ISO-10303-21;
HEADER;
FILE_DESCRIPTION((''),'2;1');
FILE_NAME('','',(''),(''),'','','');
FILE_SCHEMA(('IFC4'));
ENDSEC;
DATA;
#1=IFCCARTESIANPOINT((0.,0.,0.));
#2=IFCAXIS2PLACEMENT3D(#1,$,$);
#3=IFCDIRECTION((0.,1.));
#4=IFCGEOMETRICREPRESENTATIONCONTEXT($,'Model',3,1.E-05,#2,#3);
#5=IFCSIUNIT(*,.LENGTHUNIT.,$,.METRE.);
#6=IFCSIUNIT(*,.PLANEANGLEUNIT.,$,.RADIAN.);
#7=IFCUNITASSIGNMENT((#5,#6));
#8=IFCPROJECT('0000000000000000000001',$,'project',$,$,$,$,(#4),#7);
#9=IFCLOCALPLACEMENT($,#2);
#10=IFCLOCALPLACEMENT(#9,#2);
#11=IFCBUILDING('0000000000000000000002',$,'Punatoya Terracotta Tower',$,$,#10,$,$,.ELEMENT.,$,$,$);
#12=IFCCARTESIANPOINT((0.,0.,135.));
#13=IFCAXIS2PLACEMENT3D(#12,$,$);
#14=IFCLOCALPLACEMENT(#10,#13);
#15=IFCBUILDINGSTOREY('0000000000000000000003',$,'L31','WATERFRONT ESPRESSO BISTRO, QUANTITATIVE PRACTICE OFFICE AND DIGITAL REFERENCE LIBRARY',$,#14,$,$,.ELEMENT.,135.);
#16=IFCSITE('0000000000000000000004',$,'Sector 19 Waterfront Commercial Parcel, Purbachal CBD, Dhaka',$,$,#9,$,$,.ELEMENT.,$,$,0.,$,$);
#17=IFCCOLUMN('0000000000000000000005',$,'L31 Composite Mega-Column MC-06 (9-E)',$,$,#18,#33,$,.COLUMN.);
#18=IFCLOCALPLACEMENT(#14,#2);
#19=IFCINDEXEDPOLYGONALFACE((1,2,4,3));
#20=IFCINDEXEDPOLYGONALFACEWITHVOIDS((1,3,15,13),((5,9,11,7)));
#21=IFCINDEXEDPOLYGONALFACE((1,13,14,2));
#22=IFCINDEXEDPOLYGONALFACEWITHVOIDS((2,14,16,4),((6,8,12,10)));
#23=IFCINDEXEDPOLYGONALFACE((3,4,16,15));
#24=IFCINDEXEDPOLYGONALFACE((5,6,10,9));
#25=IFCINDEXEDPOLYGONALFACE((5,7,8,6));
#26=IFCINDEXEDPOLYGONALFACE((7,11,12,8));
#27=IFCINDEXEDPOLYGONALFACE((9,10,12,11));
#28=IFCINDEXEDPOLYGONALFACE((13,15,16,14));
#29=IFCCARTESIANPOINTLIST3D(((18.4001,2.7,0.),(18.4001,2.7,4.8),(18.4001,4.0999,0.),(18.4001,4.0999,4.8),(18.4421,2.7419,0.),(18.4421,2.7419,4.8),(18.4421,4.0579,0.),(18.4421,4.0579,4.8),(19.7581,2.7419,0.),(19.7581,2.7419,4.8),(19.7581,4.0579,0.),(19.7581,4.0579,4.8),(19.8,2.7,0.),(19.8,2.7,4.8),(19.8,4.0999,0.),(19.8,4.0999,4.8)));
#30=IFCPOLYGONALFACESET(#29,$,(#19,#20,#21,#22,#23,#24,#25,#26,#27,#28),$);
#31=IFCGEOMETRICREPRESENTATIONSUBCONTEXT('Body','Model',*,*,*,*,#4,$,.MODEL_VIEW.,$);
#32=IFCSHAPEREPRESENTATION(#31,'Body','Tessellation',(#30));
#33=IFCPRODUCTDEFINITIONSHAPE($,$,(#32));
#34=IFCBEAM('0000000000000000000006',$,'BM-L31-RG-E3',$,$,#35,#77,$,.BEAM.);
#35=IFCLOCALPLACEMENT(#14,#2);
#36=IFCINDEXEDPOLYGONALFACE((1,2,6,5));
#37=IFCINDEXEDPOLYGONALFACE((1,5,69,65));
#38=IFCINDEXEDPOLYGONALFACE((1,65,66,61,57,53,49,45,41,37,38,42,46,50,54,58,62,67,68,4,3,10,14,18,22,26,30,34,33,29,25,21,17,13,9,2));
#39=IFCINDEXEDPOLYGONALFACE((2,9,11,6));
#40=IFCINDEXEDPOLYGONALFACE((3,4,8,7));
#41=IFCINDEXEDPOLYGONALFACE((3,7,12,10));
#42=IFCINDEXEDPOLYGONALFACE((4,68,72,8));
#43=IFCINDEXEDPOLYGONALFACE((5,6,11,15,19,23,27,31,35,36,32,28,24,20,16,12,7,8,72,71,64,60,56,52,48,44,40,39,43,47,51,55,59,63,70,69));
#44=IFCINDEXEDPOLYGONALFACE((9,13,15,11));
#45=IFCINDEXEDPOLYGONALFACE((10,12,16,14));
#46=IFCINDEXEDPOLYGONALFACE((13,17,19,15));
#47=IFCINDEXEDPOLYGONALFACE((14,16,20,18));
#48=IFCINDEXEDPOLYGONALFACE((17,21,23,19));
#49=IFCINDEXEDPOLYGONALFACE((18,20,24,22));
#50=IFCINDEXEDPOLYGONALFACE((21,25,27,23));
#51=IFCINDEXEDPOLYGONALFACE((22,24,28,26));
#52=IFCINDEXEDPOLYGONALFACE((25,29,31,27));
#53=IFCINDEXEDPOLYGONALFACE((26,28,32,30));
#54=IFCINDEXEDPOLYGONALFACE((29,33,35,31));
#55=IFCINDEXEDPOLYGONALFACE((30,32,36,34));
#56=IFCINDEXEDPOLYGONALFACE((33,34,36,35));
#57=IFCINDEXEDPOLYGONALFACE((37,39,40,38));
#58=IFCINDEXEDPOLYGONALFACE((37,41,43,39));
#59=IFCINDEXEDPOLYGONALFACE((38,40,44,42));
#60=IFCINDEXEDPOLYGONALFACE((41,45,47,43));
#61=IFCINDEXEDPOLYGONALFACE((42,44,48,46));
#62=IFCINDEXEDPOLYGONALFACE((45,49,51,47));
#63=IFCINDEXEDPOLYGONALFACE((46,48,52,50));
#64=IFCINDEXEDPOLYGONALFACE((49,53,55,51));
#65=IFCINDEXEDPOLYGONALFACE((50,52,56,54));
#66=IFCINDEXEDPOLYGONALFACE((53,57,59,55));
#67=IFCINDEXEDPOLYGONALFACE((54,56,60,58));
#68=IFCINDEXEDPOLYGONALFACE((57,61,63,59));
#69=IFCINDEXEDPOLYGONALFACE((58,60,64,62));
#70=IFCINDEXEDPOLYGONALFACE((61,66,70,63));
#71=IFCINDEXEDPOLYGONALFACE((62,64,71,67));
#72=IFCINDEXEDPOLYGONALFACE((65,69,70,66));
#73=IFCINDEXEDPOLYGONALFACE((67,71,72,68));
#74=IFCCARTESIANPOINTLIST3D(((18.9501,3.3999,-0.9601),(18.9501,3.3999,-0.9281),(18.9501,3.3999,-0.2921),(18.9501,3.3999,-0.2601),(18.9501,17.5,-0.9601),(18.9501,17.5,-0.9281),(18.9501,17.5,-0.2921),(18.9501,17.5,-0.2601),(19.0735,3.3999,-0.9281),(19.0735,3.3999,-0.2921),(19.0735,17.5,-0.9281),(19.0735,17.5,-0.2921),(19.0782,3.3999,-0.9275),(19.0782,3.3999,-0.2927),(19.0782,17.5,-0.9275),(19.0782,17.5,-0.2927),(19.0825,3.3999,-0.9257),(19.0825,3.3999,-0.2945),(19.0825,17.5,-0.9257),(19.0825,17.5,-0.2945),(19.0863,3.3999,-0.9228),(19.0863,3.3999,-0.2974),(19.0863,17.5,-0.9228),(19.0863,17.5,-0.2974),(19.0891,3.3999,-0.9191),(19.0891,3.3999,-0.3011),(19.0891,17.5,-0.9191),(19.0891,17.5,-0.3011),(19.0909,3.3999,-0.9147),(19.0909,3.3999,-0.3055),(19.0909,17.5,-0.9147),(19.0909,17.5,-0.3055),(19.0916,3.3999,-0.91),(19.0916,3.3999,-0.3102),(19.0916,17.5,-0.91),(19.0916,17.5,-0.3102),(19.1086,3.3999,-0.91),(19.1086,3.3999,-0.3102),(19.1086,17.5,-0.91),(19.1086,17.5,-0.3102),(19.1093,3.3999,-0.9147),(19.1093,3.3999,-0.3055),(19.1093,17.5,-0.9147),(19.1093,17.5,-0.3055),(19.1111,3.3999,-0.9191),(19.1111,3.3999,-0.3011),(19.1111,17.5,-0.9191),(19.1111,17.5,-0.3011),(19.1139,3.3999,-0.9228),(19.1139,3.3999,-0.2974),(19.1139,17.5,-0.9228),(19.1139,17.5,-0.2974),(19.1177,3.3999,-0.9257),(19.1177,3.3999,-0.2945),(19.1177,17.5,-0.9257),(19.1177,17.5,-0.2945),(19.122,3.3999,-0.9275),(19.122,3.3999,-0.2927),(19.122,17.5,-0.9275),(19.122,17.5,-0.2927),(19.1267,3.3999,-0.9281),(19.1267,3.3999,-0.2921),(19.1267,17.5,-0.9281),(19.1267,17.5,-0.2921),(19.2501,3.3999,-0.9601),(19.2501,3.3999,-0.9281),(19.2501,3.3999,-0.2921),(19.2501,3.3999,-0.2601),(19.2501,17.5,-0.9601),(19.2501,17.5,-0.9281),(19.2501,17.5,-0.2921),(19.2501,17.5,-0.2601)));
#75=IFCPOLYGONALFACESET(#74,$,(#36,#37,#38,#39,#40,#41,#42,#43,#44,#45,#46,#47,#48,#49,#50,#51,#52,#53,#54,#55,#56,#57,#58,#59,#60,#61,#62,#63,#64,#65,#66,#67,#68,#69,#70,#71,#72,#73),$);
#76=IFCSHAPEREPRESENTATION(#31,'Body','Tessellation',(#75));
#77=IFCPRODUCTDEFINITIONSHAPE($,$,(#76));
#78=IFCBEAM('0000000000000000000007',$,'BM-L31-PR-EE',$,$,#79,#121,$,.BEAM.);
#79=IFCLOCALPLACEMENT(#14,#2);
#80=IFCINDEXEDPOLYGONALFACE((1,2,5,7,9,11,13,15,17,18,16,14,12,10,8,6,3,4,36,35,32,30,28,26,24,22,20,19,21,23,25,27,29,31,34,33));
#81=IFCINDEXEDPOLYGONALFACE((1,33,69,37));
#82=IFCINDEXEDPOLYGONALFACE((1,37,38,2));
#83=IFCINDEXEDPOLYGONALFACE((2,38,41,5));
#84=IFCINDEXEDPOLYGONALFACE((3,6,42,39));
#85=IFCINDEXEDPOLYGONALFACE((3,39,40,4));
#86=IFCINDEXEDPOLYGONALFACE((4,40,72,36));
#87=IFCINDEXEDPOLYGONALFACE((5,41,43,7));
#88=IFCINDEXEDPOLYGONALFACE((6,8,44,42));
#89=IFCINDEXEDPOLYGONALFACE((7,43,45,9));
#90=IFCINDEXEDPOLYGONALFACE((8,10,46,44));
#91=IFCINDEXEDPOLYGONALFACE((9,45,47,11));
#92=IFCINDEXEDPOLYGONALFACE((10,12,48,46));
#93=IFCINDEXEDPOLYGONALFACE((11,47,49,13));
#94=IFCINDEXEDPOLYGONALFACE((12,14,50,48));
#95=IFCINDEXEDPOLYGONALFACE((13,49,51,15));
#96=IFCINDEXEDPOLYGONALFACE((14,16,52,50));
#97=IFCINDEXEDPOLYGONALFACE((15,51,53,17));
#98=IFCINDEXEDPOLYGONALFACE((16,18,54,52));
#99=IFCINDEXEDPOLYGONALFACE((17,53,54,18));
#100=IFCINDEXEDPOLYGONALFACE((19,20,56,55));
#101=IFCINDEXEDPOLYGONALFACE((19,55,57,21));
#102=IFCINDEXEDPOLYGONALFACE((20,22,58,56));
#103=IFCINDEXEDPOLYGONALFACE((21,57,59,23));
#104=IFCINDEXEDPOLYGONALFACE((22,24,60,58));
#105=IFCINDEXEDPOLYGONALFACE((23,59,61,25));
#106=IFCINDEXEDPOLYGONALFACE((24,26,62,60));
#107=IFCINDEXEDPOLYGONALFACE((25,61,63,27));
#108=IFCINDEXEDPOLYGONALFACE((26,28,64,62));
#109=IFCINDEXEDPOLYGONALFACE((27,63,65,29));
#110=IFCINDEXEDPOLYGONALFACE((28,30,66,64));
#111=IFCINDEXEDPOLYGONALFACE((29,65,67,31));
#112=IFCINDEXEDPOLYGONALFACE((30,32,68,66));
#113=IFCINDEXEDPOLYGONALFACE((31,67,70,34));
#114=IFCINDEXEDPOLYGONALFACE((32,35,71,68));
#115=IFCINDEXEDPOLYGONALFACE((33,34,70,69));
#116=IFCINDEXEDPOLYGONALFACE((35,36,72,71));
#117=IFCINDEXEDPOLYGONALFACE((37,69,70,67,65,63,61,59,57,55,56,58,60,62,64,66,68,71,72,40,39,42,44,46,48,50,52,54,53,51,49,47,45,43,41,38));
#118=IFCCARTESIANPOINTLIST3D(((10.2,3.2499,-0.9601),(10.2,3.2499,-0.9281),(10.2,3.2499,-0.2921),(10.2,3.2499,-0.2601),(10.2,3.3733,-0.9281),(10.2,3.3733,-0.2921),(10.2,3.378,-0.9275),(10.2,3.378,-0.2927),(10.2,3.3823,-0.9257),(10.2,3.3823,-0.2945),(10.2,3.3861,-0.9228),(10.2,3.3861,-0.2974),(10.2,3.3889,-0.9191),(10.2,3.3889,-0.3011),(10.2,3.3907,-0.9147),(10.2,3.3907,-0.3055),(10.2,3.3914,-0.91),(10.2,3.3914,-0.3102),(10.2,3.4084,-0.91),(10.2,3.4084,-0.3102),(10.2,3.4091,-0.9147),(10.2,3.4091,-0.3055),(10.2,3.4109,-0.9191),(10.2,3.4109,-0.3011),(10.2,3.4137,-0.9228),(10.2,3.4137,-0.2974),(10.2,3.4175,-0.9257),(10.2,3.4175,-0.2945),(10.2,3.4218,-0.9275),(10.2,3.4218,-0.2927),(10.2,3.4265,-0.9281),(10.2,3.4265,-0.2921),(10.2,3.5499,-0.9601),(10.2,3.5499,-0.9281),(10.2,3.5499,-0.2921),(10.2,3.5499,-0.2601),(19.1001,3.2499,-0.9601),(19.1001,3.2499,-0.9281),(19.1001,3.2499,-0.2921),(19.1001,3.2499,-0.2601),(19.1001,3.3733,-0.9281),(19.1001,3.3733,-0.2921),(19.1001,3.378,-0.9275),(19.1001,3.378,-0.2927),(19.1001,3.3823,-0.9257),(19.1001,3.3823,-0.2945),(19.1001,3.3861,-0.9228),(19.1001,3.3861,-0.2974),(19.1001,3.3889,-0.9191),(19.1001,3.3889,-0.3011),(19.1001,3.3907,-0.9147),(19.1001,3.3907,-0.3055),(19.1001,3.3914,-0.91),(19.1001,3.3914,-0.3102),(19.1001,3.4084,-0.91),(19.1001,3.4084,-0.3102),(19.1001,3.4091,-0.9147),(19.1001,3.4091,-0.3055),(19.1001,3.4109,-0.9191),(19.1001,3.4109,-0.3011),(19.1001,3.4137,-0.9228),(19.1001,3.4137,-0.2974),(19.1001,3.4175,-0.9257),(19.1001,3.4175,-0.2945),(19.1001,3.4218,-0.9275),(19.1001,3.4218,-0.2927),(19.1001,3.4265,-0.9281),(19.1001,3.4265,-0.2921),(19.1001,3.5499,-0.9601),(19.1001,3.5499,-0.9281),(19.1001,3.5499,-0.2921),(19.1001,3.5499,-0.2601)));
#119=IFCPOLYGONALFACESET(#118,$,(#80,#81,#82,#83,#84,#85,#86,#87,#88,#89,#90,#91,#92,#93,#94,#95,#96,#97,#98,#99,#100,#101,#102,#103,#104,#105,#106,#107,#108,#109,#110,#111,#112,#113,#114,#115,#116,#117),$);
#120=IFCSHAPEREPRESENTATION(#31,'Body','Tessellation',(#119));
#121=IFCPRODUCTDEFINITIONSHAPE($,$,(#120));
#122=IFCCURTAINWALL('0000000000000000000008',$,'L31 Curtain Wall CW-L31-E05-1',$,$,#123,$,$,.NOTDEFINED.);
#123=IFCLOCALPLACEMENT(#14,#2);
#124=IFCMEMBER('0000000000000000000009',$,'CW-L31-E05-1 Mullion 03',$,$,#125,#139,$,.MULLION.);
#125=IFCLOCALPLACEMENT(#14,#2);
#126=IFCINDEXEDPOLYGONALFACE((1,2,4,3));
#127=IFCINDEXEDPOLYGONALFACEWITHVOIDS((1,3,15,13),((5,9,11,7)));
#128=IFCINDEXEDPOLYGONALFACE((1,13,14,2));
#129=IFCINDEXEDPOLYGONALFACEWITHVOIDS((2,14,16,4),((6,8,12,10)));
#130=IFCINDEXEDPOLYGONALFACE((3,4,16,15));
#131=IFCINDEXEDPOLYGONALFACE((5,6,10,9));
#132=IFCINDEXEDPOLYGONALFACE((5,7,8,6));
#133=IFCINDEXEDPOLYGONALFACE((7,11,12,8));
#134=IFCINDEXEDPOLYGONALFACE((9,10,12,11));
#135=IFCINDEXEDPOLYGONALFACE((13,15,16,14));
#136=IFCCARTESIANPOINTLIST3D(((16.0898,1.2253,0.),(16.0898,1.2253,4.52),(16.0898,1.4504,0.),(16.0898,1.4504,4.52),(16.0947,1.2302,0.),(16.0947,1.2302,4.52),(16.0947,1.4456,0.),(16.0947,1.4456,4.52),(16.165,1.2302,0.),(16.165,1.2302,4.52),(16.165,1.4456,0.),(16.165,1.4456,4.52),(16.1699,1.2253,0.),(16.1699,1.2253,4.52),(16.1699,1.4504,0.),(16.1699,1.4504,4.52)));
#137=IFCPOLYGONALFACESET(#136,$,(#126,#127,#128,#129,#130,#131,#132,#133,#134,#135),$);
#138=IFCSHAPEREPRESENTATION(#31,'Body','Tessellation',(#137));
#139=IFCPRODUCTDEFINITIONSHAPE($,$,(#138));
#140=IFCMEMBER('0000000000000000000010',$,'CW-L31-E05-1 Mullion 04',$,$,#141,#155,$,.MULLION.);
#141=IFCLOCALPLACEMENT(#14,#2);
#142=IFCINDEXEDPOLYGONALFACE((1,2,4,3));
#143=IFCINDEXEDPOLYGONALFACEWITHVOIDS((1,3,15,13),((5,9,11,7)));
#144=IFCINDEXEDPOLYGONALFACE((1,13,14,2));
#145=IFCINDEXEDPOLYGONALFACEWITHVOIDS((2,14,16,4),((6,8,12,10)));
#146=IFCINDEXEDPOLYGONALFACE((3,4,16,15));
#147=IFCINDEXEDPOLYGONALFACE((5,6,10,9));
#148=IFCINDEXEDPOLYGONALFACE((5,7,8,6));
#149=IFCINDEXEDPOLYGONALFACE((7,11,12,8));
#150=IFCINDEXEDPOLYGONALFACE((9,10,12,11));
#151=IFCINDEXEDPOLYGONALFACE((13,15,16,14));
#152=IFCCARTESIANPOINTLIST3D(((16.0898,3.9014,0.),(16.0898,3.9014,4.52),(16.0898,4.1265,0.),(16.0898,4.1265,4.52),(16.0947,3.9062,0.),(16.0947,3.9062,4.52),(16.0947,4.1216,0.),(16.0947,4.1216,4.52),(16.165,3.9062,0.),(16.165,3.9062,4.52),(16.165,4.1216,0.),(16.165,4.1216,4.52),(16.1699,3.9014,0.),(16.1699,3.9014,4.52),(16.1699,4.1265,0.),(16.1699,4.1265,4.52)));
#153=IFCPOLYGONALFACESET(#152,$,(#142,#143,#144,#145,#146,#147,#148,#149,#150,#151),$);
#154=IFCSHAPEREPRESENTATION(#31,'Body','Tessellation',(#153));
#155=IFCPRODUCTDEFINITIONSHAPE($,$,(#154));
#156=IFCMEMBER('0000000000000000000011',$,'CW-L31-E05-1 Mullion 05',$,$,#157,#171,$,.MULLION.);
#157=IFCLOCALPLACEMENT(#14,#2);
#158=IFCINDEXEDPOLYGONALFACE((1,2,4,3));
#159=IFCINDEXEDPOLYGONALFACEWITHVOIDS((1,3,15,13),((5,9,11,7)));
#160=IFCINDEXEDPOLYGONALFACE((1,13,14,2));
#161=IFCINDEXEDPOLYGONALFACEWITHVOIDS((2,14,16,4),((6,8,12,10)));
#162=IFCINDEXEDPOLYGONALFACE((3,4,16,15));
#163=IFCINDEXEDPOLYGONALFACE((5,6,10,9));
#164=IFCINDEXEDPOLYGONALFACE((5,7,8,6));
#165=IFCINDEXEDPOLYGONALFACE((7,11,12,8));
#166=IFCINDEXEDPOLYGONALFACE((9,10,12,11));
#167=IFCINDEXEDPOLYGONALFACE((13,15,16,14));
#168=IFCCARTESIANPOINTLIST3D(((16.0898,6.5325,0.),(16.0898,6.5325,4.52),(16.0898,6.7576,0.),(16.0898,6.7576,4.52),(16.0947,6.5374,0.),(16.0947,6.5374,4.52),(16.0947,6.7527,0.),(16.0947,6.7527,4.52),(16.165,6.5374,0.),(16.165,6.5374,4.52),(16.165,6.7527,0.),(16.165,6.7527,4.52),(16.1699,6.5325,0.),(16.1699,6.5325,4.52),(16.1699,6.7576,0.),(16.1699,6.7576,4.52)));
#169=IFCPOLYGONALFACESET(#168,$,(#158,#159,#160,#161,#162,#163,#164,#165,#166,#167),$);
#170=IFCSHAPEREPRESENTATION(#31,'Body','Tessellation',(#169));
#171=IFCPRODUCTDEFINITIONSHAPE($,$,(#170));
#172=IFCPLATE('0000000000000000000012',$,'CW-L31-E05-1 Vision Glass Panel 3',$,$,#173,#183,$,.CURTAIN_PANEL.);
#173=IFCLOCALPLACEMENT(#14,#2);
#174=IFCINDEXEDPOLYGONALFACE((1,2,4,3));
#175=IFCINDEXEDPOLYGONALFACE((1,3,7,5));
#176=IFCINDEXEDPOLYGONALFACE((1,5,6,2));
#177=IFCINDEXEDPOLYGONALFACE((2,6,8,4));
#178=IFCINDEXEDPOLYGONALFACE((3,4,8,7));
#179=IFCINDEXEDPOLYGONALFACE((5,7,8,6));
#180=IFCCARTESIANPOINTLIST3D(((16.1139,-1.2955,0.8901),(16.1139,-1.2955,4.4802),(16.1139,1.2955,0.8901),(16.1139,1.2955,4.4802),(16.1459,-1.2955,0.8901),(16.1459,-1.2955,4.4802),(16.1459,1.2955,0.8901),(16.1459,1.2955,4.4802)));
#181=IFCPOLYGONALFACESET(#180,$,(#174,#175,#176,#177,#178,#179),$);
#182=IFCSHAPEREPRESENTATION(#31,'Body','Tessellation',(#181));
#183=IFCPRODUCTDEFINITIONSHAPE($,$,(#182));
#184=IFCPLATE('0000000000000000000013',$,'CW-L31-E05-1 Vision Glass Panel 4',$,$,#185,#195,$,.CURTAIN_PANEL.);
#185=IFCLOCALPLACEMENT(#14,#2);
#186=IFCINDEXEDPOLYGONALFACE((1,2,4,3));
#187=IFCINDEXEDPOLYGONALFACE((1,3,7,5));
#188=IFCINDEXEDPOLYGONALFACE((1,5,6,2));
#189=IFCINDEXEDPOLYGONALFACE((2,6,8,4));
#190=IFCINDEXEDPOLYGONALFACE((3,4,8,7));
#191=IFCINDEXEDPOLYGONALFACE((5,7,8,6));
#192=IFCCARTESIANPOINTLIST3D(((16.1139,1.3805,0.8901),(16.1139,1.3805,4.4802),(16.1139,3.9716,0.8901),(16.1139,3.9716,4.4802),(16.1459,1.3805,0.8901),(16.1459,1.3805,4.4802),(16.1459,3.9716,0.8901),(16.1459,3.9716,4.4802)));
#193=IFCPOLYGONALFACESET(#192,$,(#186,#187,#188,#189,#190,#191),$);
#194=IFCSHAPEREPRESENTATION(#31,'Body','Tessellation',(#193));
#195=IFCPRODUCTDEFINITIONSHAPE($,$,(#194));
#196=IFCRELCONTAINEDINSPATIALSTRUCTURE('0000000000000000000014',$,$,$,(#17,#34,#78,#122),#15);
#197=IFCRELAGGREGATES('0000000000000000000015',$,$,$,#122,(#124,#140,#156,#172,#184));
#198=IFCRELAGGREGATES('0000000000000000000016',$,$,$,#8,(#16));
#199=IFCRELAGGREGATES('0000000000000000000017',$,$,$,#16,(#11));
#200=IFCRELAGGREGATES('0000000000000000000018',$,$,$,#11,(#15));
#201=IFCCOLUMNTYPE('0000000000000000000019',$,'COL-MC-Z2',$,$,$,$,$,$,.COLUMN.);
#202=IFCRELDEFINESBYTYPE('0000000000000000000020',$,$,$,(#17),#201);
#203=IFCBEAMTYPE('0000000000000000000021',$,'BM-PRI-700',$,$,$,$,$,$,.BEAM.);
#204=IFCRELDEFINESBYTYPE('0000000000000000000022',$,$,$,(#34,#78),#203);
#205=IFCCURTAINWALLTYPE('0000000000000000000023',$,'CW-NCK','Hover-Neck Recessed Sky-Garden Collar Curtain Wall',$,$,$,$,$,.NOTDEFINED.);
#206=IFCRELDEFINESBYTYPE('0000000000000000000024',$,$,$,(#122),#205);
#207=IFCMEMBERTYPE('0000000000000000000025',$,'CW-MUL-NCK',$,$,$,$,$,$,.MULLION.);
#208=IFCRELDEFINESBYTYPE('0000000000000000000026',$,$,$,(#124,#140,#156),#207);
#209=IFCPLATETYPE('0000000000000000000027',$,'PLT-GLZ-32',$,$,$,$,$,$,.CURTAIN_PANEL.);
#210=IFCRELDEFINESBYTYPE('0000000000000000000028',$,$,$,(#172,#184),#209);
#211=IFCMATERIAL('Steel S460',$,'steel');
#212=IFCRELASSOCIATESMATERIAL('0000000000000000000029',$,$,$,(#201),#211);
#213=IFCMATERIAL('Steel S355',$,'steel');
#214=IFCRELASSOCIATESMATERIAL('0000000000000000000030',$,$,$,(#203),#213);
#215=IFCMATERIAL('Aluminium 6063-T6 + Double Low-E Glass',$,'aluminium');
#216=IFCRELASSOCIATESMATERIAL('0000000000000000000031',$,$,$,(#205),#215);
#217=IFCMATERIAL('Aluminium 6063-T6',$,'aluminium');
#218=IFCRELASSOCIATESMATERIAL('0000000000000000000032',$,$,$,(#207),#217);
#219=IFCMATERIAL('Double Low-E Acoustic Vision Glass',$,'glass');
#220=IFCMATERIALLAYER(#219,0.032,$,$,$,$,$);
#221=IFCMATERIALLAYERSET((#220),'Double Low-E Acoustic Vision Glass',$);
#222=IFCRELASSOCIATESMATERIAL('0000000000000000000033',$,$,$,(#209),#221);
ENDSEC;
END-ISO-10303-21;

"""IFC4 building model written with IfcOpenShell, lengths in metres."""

from ifc_helpers import new_model, si_unit, direction, frame, origin, origin_2d, place, context, subcontext, project, spatial, rectangle, hollow_rectangle, i_section, extrude, material, layer, layer_set, material_profile, profile_set, type_object, element, aggregate, save


model = new_model("IFC4")

# Units and contexts
model_context = context("Model", 3, precision=1e-05, world=origin(), true_north=direction((0.0, 1.0)))
body_context = subcontext(model_context, "Body", "Model", "MODEL_VIEW")
ifc_project = project(units=[si_unit("LENGTHUNIT", "METRE"), si_unit("PLANEANGLEUNIT", "RADIAN")], contexts=[model_context])

# Site, building, storey
site_placement = place(None, origin())
site = spatial("IfcSite", under=ifc_project, at=site_placement, Name="Sector 19 Waterfront Commercial Parcel, Purbachal CBD, Dhaka", CompositionType="ELEMENT", RefElevation=0.0)
building_placement = place(site_placement, origin())
building = spatial("IfcBuilding", under=site, at=building_placement, Name="Punatoya Terracotta Tower", CompositionType="ELEMENT")
storey_placement = place(building_placement, frame((0.0, 0.0, 135.0)))
storey = spatial("IfcBuildingStorey", under=building, at=storey_placement, Name="L31", Description="WATERFRONT ESPRESSO BISTRO, QUANTITATIVE PRACTICE OFFICE AND DIGITAL REFERENCE LIBRARY", CompositionType="ELEMENT", Elevation=135.0)

# Column
ifc_material_1 = material(Name="Steel S460", Category="steel")
ifc_material_profile_1 = material_profile(ifc_material_1, hollow_rectangle(XDim=1.3999, YDim=1.3999, WallThickness=0.042, at=origin_2d()))
ifc_profile_set_1 = profile_set([ifc_material_profile_1], Name="Steel S460")
column_type = type_object("IfcColumnType", Name="COL-MC-Z2", PredefinedType="COLUMN", material=ifc_profile_set_1)
column_placement = place(storey_placement, frame((19.1001, 3.3999, 0.0), z_axis=(0.0, 0.0, 1.0), x_axis=(1.0, 0.0, 0.0)))
element("IfcColumn", 1, at=column_placement, inside=storey, type_object=column_type, Name="L31 Composite Mega-Column MC-06 (9-E)", PredefinedType="COLUMN", context=body_context, shape_type="SweptSolid", body=[
    extrude(hollow_rectangle(XDim=1.3999, YDim=1.3999, WallThickness=0.042, at=origin_2d()), origin(), (0.0, 0.0, 1.0), 4.8),
])

# Beams
ifc_material_2 = material(Name="Steel S355", Category="steel")
ifc_material_profile_2 = material_profile(ifc_material_2, i_section(OverallWidth=0.3, OverallDepth=0.7, WebThickness=0.0171, FlangeThickness=0.032, FilletRadius=0.0181, at=origin_2d()))
ifc_profile_set_2 = profile_set([ifc_material_profile_2], Name="Steel S355")
beam_type = type_object("IfcBeamType", Name="BM-PRI-700", PredefinedType="BEAM", material=ifc_profile_set_2)
beam_1_placement = place(storey_placement, frame((19.1001, 3.3999, -0.6101), z_axis=(0.0, 1.0, 0.0), x_axis=(-1.0, 0.0, 0.0)))
element("IfcBeam", 2, at=beam_1_placement, inside=storey, type_object=beam_type, Name="BM-L31-RG-E3", PredefinedType="BEAM", context=body_context, shape_type="SweptSolid", body=[
    extrude(i_section(OverallWidth=0.3, OverallDepth=0.7, WebThickness=0.0171, FlangeThickness=0.032, FilletRadius=0.0181, at=origin_2d()), origin(), (0.0, 0.0, 1.0), 14.1001),
])
beam_2_placement = place(storey_placement, frame((10.2, 3.3999, -0.6101), z_axis=(1.0, 0.0, 0.0), x_axis=(0.0, 1.0, 0.0)))
element("IfcBeam", 3, at=beam_2_placement, inside=storey, type_object=beam_type, Name="BM-L31-PR-EE", PredefinedType="BEAM", context=body_context, shape_type="SweptSolid", body=[
    extrude(i_section(OverallWidth=0.3, OverallDepth=0.7, WebThickness=0.0171, FlangeThickness=0.032, FilletRadius=0.0181, at=origin_2d()), origin(), (0.0, 0.0, 1.0), 8.9001),
])

# Curtain wall, members, plates
ifc_material_3 = material(Name="Aluminium 6063-T6 + Double Low-E Glass", Category="aluminium")
curtain_wall_type = type_object("IfcCurtainWallType", Name="CW-NCK", Description="Hover-Neck Recessed Sky-Garden Collar Curtain Wall", PredefinedType="NOTDEFINED", material=ifc_material_3)
curtain_wall_placement = place(storey_placement, origin())
curtain_wall = element("IfcCurtainWall", 4, at=curtain_wall_placement, inside=storey, type_object=curtain_wall_type, Name="L31 Curtain Wall CW-L31-E05-1", PredefinedType="NOTDEFINED")
ifc_material_4 = material(Name="Aluminium 6063-T6", Category="aluminium")
ifc_material_profile_3 = material_profile(ifc_material_4, hollow_rectangle(XDim=0.0801, YDim=0.2251, WallThickness=0.0049, at=origin_2d()))
ifc_profile_set_3 = profile_set([ifc_material_profile_3], Name="Aluminium 6063-T6")
member_type = type_object("IfcMemberType", Name="CW-MUL-NCK", PredefinedType="MULLION", material=ifc_profile_set_3)
member_1_placement = place(storey_placement, frame((16.1299, 1.3379, 0.0), z_axis=(0.0, 0.0, 1.0), x_axis=(1.0, 0.0, 0.0)))
member_1 = element("IfcMember", 5, at=member_1_placement, type_object=member_type, Name="CW-L31-E05-1 Mullion 03", PredefinedType="MULLION", context=body_context, shape_type="SweptSolid", body=[
    extrude(hollow_rectangle(XDim=0.0801, YDim=0.2251, WallThickness=0.0049, at=origin_2d()), origin(), (0.0, 0.0, 1.0), 4.52),
])
member_2_placement = place(storey_placement, frame((16.1299, 4.0139, 0.0), z_axis=(0.0, 0.0, 1.0), x_axis=(1.0, 0.0, 0.0)))
member_2 = element("IfcMember", 6, at=member_2_placement, type_object=member_type, Name="CW-L31-E05-1 Mullion 04", PredefinedType="MULLION", context=body_context, shape_type="SweptSolid", body=[
    extrude(hollow_rectangle(XDim=0.0801, YDim=0.2251, WallThickness=0.0049, at=origin_2d()), origin(), (0.0, 0.0, 1.0), 4.52),
])
member_3_placement = place(storey_placement, frame((16.1299, 6.645, 0.0), z_axis=(0.0, 0.0, 1.0), x_axis=(1.0, 0.0, 0.0)))
member_3 = element("IfcMember", 7, at=member_3_placement, type_object=member_type, Name="CW-L31-E05-1 Mullion 05", PredefinedType="MULLION", context=body_context, shape_type="SweptSolid", body=[
    extrude(hollow_rectangle(XDim=0.0801, YDim=0.2251, WallThickness=0.0049, at=origin_2d()), origin(), (0.0, 0.0, 1.0), 4.52),
])
ifc_material_5 = material(Name="Double Low-E Acoustic Vision Glass", Category="glass")
ifc_layer_1 = layer(ifc_material_5, 0.032)
ifc_layer_set_1 = layer_set([ifc_layer_1], Name="Double Low-E Acoustic Vision Glass")
plate_type_1 = type_object("IfcPlateType", Name="PLT-GLZ-32", PredefinedType="CURTAIN_PANEL", material=ifc_layer_set_1)
plate_1_placement = place(storey_placement, frame((16.1299, 0.0, 0.8901), z_axis=(0.0, 0.0, 1.0), x_axis=(0.0, 1.0, 0.0)))
plate_1 = element("IfcPlate", 8, at=plate_1_placement, type_object=plate_type_1, Name="CW-L31-E05-1 Vision Glass Panel 3", PredefinedType="CURTAIN_PANEL", context=body_context, shape_type="SweptSolid", body=[
    extrude(rectangle(XDim=2.5911, YDim=0.032, at=origin_2d()), origin(), (0.0, 0.0, 1.0), 3.5901),
])
plate_2_placement = place(storey_placement, frame((16.1299, 2.676, 0.8901), z_axis=(0.0, 0.0, 1.0), x_axis=(0.0, 1.0, 0.0)))
plate_2 = element("IfcPlate", 9, at=plate_2_placement, type_object=plate_type_1, Name="CW-L31-E05-1 Vision Glass Panel 4", PredefinedType="CURTAIN_PANEL", context=body_context, shape_type="SweptSolid", body=[
    extrude(rectangle(XDim=2.5911, YDim=0.032, at=origin_2d()), origin(), (0.0, 0.0, 1.0), 3.5901),
])
aggregate(curtain_wall, [member_1, member_2, member_3, plate_1, plate_2])

save(model, "model.ifc")
